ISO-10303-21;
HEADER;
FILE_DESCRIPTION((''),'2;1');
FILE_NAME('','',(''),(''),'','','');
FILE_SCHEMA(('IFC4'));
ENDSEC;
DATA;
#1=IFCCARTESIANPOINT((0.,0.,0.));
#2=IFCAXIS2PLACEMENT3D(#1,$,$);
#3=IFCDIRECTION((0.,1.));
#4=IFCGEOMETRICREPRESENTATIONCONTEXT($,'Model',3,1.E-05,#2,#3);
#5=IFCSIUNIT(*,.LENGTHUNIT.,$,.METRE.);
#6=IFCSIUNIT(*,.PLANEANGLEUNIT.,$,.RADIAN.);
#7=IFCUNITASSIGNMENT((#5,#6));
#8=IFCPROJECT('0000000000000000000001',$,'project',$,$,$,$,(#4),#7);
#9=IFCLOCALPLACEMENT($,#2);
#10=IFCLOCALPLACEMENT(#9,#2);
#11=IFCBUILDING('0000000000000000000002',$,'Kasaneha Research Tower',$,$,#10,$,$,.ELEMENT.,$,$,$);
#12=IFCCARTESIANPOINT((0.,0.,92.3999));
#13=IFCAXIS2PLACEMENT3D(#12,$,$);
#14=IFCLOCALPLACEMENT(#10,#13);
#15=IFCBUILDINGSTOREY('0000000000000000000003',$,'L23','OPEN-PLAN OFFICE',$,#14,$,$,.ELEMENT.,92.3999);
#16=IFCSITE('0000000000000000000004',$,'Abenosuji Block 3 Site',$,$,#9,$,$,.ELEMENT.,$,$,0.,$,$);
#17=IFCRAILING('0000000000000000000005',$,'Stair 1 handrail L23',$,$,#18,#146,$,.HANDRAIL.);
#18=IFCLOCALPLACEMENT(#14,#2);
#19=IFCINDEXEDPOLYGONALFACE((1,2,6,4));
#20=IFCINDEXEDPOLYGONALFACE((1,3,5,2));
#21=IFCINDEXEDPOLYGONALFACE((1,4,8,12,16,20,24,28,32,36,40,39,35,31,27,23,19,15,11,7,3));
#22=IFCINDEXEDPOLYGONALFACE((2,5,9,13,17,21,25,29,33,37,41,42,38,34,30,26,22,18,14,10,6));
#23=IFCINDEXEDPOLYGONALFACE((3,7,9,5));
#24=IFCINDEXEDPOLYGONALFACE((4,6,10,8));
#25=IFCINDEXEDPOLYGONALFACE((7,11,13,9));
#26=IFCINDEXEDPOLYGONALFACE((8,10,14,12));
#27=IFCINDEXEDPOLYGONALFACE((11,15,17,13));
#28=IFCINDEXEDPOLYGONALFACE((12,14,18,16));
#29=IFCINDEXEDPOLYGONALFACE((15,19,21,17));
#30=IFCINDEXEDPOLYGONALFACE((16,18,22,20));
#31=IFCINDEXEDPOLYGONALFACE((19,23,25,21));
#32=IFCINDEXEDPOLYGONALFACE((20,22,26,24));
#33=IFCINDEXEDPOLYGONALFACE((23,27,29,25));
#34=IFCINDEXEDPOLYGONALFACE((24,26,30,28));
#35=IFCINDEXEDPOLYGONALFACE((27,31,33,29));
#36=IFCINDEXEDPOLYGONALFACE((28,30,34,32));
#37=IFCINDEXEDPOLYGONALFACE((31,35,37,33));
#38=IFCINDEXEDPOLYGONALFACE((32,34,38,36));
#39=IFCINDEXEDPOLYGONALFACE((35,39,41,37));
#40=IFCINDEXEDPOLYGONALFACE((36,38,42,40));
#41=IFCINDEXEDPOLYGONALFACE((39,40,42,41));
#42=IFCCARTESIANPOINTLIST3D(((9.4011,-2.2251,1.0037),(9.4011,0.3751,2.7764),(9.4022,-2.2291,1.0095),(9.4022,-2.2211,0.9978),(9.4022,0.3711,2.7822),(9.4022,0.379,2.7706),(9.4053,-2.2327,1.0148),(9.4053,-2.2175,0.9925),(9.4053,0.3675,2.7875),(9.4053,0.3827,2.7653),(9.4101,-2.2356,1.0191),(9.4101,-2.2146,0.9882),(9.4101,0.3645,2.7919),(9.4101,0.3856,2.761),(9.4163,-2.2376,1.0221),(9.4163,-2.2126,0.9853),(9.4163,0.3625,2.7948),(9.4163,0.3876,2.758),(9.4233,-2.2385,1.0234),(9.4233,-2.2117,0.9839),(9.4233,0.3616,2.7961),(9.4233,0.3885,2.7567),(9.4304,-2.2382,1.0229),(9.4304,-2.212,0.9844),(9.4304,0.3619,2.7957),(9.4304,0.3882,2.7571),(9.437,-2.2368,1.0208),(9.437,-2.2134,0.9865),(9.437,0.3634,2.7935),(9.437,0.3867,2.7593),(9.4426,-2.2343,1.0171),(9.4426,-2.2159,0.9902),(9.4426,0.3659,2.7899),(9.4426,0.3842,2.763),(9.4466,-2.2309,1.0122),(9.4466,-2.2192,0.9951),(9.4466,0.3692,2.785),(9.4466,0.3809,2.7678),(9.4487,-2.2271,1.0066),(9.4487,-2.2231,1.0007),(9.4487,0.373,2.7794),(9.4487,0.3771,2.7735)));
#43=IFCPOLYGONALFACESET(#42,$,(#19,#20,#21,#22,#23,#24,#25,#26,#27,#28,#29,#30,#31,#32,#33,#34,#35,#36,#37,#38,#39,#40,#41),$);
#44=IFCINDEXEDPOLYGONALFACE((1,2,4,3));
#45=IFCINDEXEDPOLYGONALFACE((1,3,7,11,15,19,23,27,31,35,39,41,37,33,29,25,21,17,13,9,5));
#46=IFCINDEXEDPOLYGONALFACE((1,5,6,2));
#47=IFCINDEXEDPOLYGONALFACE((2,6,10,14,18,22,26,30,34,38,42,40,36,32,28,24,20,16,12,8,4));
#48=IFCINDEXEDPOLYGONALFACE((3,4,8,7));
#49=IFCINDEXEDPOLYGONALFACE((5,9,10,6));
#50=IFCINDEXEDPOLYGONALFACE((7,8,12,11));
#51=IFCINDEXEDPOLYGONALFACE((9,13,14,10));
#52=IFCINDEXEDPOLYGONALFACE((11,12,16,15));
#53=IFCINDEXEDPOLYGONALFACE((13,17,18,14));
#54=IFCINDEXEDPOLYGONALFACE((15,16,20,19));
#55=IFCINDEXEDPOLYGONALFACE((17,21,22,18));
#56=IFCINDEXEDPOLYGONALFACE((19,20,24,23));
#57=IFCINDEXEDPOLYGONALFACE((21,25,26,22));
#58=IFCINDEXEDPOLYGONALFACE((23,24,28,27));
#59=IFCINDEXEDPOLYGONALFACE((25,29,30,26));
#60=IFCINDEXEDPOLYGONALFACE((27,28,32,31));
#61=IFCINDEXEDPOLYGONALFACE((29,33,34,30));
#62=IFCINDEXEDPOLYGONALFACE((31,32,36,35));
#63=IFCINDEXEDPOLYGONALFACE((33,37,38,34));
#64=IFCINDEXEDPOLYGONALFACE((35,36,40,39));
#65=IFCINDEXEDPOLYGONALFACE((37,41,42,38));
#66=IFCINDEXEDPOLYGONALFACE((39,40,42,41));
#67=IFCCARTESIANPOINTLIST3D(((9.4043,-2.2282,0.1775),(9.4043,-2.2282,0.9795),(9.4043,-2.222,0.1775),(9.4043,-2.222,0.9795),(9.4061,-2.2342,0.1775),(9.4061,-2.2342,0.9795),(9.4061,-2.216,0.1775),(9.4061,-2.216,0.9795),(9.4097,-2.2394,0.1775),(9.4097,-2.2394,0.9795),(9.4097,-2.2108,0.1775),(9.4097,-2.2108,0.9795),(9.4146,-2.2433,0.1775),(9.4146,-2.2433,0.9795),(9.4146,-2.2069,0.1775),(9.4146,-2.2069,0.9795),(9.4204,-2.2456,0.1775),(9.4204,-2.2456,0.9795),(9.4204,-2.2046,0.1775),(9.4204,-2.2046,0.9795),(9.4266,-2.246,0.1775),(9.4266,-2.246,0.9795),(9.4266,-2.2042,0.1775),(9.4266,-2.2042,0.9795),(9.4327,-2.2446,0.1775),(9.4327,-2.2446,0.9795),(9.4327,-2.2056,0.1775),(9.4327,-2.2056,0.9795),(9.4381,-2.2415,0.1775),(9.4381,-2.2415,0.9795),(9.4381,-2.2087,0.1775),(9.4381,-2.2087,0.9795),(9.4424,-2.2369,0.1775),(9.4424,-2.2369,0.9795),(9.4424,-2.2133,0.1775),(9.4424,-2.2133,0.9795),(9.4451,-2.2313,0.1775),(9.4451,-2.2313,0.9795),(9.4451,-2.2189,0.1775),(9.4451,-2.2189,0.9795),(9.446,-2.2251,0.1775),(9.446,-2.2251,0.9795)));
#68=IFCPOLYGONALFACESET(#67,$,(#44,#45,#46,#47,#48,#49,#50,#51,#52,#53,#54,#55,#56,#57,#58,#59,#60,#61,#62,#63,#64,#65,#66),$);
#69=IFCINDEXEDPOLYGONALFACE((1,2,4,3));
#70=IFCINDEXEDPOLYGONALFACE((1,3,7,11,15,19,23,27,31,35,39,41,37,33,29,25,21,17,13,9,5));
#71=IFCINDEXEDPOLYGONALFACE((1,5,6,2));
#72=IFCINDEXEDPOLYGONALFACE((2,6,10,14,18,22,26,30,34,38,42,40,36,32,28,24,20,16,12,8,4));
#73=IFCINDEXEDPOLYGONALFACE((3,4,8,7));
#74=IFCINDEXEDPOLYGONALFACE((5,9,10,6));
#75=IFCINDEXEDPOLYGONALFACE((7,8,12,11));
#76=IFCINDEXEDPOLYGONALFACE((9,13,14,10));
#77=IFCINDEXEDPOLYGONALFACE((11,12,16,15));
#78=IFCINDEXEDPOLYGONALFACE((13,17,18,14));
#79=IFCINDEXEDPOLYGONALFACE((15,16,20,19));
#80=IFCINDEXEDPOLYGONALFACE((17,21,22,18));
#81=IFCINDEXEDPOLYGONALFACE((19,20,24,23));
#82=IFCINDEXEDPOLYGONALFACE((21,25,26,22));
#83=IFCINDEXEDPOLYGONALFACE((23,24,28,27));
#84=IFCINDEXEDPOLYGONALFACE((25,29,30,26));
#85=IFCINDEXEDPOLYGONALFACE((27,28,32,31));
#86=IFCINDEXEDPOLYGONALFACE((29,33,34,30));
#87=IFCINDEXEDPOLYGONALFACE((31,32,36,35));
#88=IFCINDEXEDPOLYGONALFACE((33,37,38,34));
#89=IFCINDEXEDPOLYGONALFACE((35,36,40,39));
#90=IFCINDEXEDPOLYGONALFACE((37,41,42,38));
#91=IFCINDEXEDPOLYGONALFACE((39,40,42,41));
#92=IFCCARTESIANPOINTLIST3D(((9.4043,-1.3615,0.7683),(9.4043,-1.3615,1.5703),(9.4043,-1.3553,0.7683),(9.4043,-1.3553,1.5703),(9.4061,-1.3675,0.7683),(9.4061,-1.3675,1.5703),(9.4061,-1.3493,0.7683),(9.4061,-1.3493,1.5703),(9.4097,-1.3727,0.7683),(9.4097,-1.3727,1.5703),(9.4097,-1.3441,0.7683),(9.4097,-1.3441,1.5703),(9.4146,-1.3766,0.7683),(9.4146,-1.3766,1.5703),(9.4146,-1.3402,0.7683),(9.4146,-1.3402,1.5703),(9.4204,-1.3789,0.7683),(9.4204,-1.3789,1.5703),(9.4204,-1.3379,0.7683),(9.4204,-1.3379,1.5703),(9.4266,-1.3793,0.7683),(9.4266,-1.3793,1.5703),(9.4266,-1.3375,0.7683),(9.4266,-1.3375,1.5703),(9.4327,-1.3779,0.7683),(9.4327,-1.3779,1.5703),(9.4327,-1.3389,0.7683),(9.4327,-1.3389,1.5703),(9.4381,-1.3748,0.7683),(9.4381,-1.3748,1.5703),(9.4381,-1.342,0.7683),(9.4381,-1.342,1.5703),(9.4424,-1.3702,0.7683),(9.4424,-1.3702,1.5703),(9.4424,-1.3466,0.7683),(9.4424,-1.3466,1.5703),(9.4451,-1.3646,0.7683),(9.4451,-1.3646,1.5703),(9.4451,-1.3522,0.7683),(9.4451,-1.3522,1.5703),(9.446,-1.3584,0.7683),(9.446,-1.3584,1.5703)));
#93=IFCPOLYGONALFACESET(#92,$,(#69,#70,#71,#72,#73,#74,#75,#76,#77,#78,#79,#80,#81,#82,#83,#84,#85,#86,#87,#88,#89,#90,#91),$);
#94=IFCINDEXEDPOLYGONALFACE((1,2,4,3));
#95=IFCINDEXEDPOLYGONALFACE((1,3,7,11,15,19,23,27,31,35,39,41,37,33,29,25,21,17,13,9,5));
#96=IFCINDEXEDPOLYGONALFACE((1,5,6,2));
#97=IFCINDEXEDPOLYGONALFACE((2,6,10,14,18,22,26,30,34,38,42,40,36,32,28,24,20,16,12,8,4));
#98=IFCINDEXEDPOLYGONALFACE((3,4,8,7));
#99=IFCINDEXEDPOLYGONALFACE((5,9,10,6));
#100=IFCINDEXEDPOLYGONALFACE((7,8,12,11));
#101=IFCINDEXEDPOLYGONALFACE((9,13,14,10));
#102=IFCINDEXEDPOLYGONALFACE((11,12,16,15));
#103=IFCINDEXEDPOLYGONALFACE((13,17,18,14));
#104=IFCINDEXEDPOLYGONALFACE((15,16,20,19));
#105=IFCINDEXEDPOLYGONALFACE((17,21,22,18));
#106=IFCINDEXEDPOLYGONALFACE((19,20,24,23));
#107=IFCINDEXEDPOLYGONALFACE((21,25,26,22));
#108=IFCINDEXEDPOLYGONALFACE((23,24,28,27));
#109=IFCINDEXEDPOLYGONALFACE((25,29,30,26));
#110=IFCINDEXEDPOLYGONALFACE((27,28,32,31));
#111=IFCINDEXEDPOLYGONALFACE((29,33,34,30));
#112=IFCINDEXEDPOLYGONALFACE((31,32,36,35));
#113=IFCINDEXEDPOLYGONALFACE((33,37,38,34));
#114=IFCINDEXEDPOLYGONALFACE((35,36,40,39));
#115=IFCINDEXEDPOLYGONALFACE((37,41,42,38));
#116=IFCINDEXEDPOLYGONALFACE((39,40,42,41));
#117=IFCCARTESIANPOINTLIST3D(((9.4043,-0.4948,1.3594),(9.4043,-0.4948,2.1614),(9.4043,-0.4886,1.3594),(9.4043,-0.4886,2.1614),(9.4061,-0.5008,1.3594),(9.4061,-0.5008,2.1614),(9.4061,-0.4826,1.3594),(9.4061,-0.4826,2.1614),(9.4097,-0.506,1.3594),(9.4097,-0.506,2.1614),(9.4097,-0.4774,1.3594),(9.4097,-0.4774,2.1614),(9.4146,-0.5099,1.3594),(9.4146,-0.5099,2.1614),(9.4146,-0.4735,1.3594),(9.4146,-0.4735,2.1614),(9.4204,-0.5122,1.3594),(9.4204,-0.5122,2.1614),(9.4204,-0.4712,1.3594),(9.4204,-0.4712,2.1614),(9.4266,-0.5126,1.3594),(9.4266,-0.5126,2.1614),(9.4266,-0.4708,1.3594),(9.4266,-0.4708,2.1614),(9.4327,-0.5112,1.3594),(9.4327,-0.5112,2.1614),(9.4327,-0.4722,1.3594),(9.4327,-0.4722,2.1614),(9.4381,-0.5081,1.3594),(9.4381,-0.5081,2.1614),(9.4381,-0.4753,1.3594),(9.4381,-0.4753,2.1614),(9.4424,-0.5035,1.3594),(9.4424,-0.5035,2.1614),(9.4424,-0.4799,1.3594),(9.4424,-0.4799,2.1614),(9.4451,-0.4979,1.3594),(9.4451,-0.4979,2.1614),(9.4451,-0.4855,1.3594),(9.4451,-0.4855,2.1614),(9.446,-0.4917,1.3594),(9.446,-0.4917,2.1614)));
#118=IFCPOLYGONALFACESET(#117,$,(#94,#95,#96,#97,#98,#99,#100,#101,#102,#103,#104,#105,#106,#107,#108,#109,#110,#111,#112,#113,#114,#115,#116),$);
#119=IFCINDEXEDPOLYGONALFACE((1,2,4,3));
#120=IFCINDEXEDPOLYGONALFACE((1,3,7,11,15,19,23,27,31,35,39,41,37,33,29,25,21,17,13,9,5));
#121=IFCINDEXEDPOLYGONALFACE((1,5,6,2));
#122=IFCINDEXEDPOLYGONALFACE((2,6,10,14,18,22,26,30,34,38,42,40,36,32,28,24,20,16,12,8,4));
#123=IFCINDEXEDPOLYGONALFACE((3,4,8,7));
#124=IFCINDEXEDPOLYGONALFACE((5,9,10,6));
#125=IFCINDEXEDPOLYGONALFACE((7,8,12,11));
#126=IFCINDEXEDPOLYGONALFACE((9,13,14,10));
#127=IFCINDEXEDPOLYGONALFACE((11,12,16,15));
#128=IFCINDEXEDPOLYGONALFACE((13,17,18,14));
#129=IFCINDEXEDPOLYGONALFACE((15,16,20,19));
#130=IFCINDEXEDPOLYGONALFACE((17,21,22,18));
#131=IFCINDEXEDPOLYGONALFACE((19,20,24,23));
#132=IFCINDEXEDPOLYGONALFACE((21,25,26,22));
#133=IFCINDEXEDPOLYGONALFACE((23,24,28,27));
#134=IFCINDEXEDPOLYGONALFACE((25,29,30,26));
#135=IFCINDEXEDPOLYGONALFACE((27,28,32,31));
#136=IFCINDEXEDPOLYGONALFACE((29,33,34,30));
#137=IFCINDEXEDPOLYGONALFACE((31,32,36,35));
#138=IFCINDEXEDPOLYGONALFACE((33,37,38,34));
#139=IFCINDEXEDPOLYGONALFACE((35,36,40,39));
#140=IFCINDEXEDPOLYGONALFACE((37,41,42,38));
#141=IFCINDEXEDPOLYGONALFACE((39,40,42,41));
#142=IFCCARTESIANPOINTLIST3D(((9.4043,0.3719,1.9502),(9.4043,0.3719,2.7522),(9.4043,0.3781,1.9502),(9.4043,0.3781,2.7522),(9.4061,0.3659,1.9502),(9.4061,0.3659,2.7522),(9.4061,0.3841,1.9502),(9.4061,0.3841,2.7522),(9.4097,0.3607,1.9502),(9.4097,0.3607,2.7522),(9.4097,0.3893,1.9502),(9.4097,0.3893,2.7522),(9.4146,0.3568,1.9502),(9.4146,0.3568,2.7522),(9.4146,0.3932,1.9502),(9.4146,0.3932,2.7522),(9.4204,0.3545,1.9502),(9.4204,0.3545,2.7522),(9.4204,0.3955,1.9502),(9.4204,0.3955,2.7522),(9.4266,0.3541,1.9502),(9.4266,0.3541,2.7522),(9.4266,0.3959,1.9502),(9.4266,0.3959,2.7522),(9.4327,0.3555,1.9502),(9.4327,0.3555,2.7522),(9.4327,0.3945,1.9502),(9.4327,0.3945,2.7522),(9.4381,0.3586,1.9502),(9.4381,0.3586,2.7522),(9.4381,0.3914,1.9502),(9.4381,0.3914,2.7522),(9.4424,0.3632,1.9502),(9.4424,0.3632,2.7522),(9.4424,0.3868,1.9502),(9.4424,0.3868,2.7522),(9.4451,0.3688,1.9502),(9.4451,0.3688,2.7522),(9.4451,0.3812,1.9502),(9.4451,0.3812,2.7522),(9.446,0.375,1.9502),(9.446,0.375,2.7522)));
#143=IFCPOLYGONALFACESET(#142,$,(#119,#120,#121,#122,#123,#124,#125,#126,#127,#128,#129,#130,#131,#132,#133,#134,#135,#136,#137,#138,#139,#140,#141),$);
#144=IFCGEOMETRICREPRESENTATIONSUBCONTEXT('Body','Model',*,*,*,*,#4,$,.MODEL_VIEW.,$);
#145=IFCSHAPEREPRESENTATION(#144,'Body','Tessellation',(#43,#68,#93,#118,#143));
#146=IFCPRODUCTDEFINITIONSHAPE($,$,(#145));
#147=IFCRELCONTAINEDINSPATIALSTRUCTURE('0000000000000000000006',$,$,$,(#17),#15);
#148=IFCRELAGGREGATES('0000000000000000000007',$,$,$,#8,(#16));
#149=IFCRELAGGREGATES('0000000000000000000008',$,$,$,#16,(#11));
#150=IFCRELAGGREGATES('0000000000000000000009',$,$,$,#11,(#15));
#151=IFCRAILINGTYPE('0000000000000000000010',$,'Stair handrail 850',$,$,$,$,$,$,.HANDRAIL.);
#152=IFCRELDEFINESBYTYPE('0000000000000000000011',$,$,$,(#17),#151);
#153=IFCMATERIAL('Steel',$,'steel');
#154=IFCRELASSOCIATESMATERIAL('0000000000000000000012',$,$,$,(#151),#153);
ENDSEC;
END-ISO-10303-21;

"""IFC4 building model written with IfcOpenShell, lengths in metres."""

from ifc_helpers import new_model, si_unit, direction, frame, origin, origin_2d, place, context, subcontext, project, spatial, circle, extrude, material, type_object, element, save


model = new_model("IFC4")

# Units and contexts
model_context = context("Model", 3, precision=1e-05, world=origin(), true_north=direction((0.0, 1.0)))
body_context = subcontext(model_context, "Body", "Model", "MODEL_VIEW")
ifc_project = project(units=[si_unit("LENGTHUNIT", "METRE"), si_unit("PLANEANGLEUNIT", "RADIAN")], contexts=[model_context])

# Site, building, storey
site_placement = place(None, origin())
site = spatial("IfcSite", under=ifc_project, at=site_placement, Name="Abenosuji Block 3 Site", CompositionType="ELEMENT", RefElevation=0.0)
building_placement = place(site_placement, origin())
building = spatial("IfcBuilding", under=site, at=building_placement, Name="Kasaneha Research Tower", CompositionType="ELEMENT")
storey_placement = place(building_placement, frame((0.0, 0.0, 92.3999)))
storey = spatial("IfcBuildingStorey", under=building, at=storey_placement, Name="L23", Description="OPEN-PLAN OFFICE", CompositionType="ELEMENT", Elevation=92.3999)

# Railing
ifc_material_1 = material(Name="Steel", Category="steel")
railing_type = type_object("IfcRailingType", Name="Stair handrail 850", PredefinedType="HANDRAIL", material=ifc_material_1)
railing_placement = place(storey_placement, frame((9.425, -2.2251, 0.1775)))
element("IfcRailing", 1, at=railing_placement, inside=storey, type_object=railing_type, Name="Stair 1 handrail L23", PredefinedType="HANDRAIL", context=body_context, shape_type="SweptSolid", body=[
    extrude(circle(Radius=0.0239, at=origin_2d()), frame((0.0, 0.0, 0.8262), z_axis=(0.0, 0.82624, 0.563318), x_axis=(-1.0, 0.0, 0.0)), (0.0, 0.0, 1.0), 3.147),
    extrude(circle(Radius=0.021, at=origin_2d()), origin(), (0.0, 0.0, 1.0), 0.802),
    extrude(circle(Radius=0.021, at=origin_2d()), frame((0.0, 0.8667, 0.5908)), (0.0, 0.0, 1.0), 0.802),
    extrude(circle(Radius=0.021, at=origin_2d()), frame((0.0, 1.7334, 1.1819)), (0.0, 0.0, 1.0), 0.802),
    extrude(circle(Radius=0.021, at=origin_2d()), frame((0.0, 2.6001, 1.7727)), (0.0, 0.0, 1.0), 0.802),
])

save(model, "model.ifc")
